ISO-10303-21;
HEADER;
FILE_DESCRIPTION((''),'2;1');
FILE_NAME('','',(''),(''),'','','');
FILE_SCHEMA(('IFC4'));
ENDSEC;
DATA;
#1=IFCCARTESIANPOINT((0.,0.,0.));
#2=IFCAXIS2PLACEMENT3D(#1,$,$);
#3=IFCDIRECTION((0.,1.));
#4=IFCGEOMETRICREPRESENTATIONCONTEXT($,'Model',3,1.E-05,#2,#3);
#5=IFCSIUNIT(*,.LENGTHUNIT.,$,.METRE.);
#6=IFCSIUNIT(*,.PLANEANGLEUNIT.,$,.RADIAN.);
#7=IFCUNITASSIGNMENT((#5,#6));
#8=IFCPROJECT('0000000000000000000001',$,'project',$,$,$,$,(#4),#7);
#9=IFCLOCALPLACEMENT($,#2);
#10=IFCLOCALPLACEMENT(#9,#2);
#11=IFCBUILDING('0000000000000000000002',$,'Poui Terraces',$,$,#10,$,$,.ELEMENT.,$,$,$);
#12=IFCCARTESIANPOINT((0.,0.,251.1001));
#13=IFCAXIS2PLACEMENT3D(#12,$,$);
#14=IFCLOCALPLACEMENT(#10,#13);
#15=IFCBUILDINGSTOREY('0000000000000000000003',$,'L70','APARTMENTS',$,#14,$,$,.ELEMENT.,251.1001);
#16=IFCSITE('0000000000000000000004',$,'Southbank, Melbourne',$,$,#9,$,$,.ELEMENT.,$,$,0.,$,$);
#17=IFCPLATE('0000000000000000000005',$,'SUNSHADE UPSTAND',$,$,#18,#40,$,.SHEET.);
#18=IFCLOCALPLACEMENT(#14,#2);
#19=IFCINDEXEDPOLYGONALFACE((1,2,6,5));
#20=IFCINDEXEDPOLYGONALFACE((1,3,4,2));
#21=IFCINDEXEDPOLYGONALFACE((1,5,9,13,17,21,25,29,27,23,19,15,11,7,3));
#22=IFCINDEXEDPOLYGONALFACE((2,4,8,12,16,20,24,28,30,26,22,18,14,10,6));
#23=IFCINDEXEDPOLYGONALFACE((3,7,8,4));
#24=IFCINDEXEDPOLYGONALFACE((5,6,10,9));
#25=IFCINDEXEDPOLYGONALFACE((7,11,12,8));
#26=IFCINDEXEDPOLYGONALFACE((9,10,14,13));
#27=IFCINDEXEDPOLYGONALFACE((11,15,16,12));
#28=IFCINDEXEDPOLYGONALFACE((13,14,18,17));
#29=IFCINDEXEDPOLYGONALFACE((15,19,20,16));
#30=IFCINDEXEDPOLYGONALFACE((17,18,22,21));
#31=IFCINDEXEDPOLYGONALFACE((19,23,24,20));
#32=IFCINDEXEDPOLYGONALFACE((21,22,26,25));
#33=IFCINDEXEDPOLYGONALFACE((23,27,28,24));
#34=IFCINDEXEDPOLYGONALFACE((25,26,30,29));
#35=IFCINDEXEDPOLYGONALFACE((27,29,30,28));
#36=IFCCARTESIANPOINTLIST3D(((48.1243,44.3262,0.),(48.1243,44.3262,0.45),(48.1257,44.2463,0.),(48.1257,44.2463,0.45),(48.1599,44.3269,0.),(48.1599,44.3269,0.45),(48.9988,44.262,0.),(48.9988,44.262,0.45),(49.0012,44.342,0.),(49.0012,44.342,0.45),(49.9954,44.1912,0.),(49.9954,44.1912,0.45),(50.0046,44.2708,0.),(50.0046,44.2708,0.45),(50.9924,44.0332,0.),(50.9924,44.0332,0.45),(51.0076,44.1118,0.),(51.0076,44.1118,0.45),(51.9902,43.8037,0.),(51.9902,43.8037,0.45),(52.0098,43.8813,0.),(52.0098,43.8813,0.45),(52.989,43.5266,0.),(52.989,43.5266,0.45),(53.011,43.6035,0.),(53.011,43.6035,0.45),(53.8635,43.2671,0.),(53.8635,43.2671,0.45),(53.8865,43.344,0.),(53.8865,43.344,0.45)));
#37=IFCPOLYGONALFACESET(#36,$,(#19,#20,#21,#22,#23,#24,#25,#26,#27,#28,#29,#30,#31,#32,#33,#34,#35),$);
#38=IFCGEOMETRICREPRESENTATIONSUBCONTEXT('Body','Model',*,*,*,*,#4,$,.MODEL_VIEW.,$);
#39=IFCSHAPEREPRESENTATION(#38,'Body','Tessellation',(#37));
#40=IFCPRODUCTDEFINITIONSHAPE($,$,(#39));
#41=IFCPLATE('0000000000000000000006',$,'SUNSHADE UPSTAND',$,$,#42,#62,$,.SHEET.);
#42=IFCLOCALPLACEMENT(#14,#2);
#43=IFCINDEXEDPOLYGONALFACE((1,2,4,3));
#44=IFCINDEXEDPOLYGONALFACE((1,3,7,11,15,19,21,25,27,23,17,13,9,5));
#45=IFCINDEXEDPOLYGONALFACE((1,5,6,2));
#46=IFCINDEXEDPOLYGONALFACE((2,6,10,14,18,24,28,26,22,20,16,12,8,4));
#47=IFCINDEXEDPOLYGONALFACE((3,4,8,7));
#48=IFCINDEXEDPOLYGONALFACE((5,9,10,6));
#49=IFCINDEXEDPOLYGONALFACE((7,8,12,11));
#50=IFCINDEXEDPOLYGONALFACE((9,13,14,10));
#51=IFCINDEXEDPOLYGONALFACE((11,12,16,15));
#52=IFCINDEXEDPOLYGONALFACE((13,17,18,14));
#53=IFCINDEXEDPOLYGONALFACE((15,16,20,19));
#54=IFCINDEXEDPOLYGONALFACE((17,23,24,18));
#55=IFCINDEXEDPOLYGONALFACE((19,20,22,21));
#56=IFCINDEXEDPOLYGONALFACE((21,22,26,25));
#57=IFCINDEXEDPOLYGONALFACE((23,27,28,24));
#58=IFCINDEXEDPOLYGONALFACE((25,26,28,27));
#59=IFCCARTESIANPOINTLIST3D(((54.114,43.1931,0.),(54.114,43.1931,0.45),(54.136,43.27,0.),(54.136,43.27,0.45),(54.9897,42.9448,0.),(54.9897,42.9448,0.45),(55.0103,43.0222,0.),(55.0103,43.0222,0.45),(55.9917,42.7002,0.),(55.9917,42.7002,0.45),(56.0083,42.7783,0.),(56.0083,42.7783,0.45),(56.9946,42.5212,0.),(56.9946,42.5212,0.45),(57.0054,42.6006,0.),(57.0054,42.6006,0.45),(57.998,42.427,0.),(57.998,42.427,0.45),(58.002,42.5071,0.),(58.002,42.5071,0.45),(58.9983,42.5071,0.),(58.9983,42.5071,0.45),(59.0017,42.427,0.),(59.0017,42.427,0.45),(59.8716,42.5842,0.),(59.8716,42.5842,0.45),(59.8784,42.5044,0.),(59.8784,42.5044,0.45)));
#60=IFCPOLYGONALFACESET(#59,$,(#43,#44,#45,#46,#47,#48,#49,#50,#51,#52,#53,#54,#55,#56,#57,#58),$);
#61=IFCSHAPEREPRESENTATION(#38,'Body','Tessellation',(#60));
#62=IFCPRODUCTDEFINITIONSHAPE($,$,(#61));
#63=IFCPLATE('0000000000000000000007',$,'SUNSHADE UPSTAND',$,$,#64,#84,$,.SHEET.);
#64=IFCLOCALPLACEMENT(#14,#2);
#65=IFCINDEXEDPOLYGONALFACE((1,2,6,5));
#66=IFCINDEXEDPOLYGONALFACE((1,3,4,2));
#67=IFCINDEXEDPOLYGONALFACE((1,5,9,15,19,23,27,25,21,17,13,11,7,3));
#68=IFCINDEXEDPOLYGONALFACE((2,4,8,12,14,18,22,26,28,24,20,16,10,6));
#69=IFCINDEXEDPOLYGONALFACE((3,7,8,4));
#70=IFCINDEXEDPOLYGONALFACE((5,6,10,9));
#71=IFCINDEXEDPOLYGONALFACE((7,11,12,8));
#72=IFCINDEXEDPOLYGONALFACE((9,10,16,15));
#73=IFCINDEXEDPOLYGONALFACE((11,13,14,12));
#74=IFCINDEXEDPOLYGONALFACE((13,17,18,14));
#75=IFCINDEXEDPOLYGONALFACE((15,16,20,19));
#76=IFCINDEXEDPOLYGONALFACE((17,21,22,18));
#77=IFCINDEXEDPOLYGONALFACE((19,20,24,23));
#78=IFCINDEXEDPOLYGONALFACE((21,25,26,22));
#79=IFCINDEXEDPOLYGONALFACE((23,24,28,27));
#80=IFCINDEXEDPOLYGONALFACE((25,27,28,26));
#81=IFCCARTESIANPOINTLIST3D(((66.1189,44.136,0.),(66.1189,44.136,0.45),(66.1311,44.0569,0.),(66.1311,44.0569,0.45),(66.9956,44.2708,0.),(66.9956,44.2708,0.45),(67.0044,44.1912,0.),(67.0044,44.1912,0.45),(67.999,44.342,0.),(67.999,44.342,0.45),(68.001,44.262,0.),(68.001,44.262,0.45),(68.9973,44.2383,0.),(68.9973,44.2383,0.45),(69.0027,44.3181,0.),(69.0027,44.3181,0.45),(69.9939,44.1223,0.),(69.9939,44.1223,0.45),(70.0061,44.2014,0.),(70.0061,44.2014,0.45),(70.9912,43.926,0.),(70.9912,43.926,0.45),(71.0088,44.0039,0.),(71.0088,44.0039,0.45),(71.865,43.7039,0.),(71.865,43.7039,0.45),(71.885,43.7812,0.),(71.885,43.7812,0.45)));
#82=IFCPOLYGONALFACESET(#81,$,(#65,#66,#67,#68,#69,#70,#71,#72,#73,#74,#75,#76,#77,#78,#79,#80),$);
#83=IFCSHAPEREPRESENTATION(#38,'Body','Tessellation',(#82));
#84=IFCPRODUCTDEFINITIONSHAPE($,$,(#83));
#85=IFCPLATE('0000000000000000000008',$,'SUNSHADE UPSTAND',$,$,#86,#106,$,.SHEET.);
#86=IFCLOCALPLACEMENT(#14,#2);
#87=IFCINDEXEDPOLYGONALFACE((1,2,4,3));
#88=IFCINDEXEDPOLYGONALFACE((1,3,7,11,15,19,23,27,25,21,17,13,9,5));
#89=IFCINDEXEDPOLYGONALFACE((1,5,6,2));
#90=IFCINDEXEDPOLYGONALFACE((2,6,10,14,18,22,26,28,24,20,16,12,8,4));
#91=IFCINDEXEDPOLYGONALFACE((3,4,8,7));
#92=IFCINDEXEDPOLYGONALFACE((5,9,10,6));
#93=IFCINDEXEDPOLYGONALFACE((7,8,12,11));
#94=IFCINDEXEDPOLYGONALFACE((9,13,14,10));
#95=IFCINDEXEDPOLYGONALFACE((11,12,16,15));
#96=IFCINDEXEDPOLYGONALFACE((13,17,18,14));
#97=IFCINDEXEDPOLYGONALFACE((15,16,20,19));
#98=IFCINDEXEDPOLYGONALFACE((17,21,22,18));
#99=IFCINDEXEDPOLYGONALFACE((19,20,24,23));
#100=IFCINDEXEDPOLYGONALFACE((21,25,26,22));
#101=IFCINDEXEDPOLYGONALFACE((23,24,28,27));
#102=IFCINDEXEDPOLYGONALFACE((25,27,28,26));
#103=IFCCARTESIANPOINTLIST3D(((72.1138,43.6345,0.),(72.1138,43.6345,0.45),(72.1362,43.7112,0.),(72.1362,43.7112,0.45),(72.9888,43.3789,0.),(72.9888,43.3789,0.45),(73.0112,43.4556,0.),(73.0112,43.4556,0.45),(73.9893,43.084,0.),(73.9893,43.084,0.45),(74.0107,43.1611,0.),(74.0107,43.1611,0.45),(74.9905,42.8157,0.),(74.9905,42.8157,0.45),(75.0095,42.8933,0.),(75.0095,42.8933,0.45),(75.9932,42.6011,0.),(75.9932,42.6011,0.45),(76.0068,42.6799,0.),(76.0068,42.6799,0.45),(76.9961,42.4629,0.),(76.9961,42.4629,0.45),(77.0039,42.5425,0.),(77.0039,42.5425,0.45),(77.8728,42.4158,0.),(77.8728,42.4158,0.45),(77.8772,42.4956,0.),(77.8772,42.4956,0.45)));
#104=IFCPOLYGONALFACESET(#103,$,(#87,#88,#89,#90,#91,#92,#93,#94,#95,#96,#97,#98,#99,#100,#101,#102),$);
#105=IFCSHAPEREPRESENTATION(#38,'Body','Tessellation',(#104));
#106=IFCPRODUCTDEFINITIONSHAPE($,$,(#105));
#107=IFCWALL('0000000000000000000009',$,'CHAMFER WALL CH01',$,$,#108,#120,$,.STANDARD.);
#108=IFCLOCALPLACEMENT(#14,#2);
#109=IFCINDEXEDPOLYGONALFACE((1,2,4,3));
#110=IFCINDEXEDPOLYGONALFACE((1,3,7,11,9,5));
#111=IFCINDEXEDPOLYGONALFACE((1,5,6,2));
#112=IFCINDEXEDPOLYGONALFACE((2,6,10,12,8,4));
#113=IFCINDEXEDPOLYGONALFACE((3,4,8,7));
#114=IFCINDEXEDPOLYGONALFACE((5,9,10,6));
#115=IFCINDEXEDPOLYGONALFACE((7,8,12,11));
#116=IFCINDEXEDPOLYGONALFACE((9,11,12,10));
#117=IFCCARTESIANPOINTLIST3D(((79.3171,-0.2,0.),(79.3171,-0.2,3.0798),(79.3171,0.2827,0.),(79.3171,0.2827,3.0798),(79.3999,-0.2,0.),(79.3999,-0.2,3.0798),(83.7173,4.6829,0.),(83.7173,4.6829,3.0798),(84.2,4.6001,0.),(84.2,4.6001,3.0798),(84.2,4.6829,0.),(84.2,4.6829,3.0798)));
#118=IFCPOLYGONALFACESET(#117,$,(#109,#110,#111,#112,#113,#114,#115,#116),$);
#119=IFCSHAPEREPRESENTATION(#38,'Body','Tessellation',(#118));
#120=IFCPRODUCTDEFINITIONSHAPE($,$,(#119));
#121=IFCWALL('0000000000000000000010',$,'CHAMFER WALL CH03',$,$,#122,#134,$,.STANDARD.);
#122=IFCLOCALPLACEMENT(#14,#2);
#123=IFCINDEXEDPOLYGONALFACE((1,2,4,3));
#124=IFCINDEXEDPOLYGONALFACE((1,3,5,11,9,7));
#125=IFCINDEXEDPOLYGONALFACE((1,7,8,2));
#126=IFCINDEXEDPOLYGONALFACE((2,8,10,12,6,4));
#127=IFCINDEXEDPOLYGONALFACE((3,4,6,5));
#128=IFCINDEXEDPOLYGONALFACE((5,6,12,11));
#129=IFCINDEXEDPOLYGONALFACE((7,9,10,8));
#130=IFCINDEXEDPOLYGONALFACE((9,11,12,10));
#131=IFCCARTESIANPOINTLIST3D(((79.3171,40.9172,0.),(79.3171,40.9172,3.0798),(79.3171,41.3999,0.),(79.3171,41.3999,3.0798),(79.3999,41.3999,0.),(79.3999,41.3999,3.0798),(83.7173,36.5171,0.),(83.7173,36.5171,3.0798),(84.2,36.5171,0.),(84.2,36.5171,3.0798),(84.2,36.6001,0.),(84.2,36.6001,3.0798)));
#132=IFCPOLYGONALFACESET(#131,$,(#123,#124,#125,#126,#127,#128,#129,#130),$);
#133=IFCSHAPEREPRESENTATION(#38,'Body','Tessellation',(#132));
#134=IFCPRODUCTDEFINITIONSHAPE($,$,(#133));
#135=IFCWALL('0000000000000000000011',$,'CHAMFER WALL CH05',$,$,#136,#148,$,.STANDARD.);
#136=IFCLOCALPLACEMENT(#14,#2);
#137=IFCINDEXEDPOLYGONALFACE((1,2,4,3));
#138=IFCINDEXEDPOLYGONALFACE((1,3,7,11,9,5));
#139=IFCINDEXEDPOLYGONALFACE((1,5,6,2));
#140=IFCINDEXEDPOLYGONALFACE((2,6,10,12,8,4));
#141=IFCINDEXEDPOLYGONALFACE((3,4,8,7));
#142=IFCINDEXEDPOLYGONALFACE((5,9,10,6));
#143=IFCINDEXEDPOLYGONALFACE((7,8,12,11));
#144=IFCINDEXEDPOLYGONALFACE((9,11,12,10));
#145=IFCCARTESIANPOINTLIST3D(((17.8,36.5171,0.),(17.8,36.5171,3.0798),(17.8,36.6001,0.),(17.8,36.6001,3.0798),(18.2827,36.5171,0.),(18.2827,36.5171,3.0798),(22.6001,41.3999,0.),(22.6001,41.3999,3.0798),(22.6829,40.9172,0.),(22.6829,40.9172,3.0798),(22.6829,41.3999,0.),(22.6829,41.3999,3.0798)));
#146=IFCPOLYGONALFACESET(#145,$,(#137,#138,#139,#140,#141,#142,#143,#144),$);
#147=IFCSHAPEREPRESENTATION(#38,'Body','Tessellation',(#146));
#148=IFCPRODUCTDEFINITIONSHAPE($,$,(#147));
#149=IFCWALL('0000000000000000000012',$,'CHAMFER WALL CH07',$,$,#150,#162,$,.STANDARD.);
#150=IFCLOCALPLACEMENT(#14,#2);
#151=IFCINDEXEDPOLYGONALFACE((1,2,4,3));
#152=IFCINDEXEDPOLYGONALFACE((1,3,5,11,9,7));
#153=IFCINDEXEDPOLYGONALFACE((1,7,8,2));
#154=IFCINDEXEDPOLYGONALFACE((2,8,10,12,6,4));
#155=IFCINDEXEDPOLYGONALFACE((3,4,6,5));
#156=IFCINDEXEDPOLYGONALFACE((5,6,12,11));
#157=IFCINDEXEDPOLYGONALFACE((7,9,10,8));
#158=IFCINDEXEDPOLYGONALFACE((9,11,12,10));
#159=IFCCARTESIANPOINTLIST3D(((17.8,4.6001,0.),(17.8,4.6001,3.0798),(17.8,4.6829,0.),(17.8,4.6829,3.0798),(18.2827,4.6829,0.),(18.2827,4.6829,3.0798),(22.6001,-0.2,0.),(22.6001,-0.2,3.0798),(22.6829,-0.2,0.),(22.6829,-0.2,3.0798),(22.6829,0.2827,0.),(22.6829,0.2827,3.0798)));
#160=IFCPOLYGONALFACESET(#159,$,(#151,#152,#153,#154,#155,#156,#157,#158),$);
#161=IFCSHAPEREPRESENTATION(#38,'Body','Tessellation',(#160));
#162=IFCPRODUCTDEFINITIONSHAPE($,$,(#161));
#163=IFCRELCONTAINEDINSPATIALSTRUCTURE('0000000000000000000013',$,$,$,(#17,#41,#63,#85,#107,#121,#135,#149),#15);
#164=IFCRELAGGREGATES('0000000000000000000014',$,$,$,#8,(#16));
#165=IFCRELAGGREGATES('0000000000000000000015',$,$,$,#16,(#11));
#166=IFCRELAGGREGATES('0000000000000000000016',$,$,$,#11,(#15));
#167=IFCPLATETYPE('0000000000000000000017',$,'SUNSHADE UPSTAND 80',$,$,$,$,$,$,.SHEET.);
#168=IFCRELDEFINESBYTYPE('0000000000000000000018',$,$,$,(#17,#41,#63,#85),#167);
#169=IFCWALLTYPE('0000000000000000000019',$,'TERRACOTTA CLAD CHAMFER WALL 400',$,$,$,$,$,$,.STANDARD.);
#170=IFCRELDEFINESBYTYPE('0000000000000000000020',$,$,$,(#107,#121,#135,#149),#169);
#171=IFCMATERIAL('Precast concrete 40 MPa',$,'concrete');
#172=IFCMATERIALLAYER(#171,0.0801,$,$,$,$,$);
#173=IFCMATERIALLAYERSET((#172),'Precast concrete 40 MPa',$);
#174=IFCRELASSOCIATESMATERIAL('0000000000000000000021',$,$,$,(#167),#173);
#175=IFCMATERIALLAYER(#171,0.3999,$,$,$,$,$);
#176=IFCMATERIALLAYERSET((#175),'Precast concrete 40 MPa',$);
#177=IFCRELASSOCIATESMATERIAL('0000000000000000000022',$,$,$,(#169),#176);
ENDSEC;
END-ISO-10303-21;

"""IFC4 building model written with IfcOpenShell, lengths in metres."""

from ifc_helpers import new_model, si_unit, direction, frame, origin, place, context, subcontext, project, spatial, polyline, outline, extrude, material, layer, layer_set, type_object, element, save


model = new_model("IFC4")

# Units and contexts
model_context = context("Model", 3, precision=1e-05, world=origin(), true_north=direction((0.0, 1.0)))
body_context = subcontext(model_context, "Body", "Model", "MODEL_VIEW")
ifc_project = project(units=[si_unit("LENGTHUNIT", "METRE"), si_unit("PLANEANGLEUNIT", "RADIAN")], contexts=[model_context])

# Site, building, storey
site_placement = place(None, origin())
site = spatial("IfcSite", under=ifc_project, at=site_placement, Name="Southbank, Melbourne", CompositionType="ELEMENT", RefElevation=0.0)
building_placement = place(site_placement, origin())
building = spatial("IfcBuilding", under=site, at=building_placement, Name="Poui Terraces", CompositionType="ELEMENT")
storey_placement = place(building_placement, frame((0.0, 0.0, 251.1001)))
storey = spatial("IfcBuildingStorey", under=building, at=storey_placement, Name="L70", Description="APARTMENTS", CompositionType="ELEMENT", Elevation=251.1001)

# Shared definitions
ifc_material_1 = material(Name="Precast concrete 40 MPa", Category="concrete")

# Plates
ifc_layer_1 = layer(ifc_material_1, 0.0801)
ifc_layer_set_1 = layer_set([ifc_layer_1], Name="Precast concrete 40 MPa")
plate_type = type_object("IfcPlateType", Name="SUNSHADE UPSTAND 80", PredefinedType="SHEET", material=ifc_layer_set_1)
plate_1_placement = place(storey_placement, origin())
element("IfcPlate", 1, at=plate_1_placement, inside=storey, type_object=plate_type, Name="SUNSHADE UPSTAND", PredefinedType="SHEET", context=body_context, shape_type="SweptSolid", body=[
    extrude(outline(polyline([(49.0012, 44.342), (48.1599, 44.3269), (48.1243, 44.3262), (48.1257, 44.2463), (48.9988, 44.262), (49.9954, 44.1912), (50.9924, 44.0332), (51.9902, 43.8037), (52.989, 43.5266), (53.8635, 43.2671), (53.8865, 43.344), (53.011, 43.6035), (52.0098, 43.8813), (51.0076, 44.1118), (50.0046, 44.2708), (49.0012, 44.342)])), origin(), (0.0, 0.0, 1.0), 0.45),
])
plate_2_placement = place(storey_placement, origin())
element("IfcPlate", 2, at=plate_2_placement, inside=storey, type_object=plate_type, Name="SUNSHADE UPSTAND", PredefinedType="SHEET", context=body_context, shape_type="SweptSolid", body=[
    extrude(outline(polyline([(55.0103, 43.0222), (54.136, 43.27), (54.114, 43.1931), (54.9897, 42.9448), (55.9917, 42.7002), (56.9946, 42.5212), (57.998, 42.427), (59.0017, 42.427), (59.8784, 42.5044), (59.8716, 42.5842), (58.9983, 42.5071), (58.002, 42.5071), (57.0054, 42.6006), (56.0083, 42.7783), (55.0103, 43.0222)])), origin(), (0.0, 0.0, 1.0), 0.45),
])
plate_3_placement = place(storey_placement, origin())
element("IfcPlate", 3, at=plate_3_placement, inside=storey, type_object=plate_type, Name="SUNSHADE UPSTAND", PredefinedType="SHEET", context=body_context, shape_type="SweptSolid", body=[
    extrude(outline(polyline([(66.9956, 44.2708), (66.1189, 44.136), (66.1311, 44.0569), (67.0044, 44.1912), (68.001, 44.262), (68.9973, 44.2383), (69.9939, 44.1223), (70.9912, 43.926), (71.865, 43.7039), (71.885, 43.7812), (71.0088, 44.0039), (70.0061, 44.2014), (69.0027, 44.3181), (67.999, 44.342), (66.9956, 44.2708)])), origin(), (0.0, 0.0, 1.0), 0.45),
])
plate_4_placement = place(storey_placement, origin())
element("IfcPlate", 4, at=plate_4_placement, inside=storey, type_object=plate_type, Name="SUNSHADE UPSTAND", PredefinedType="SHEET", context=body_context, shape_type="SweptSolid", body=[
    extrude(outline(polyline([(73.0112, 43.4556), (72.1362, 43.7112), (72.1138, 43.6345), (72.9888, 43.3789), (73.9893, 43.084), (74.9905, 42.8157), (75.9932, 42.6011), (76.9961, 42.4629), (77.8728, 42.4158), (77.8772, 42.4956), (77.0039, 42.5425), (76.0068, 42.6799), (75.0095, 42.8933), (74.0107, 43.1611), (73.0112, 43.4556)])), origin(), (0.0, 0.0, 1.0), 0.45),
])

# Walls
ifc_layer_2 = layer(ifc_material_1, 0.3999)
ifc_layer_set_2 = layer_set([ifc_layer_2], Name="Precast concrete 40 MPa")
wall_type = type_object("IfcWallType", Name="TERRACOTTA CLAD CHAMFER WALL 400", PredefinedType="STANDARD", material=ifc_layer_set_2)
wall_1_placement = place(storey_placement, origin())
element("IfcWall", 5, at=wall_1_placement, inside=storey, type_object=wall_type, Name="CHAMFER WALL CH01", PredefinedType="STANDARD", context=body_context, shape_type="SweptSolid", body=[
    extrude(outline(polyline([(79.3171, -0.2), (79.3999, -0.2), (84.2, 4.6001), (84.2, 4.6829), (83.7173, 4.6829), (79.3171, 0.2827), (79.3171, -0.2)])), origin(), (0.0, 0.0, 1.0), 3.0798),
])
wall_2_placement = place(storey_placement, origin())
element("IfcWall", 6, at=wall_2_placement, inside=storey, type_object=wall_type, Name="CHAMFER WALL CH03", PredefinedType="STANDARD", context=body_context, shape_type="SweptSolid", body=[
    extrude(outline(polyline([(84.2, 36.5171), (84.2, 36.6001), (79.3999, 41.3999), (79.3171, 41.3999), (79.3171, 40.9172), (83.7173, 36.5171), (84.2, 36.5171)])), origin(), (0.0, 0.0, 1.0), 3.0798),
])
wall_3_placement = place(storey_placement, origin())
element("IfcWall", 7, at=wall_3_placement, inside=storey, type_object=wall_type, Name="CHAMFER WALL CH05", PredefinedType="STANDARD", context=body_context, shape_type="SweptSolid", body=[
    extrude(outline(polyline([(22.6829, 41.3999), (22.6001, 41.3999), (17.8, 36.6001), (17.8, 36.5171), (18.2827, 36.5171), (22.6829, 40.9172), (22.6829, 41.3999)])), origin(), (0.0, 0.0, 1.0), 3.0798),
])
wall_4_placement = place(storey_placement, origin())
element("IfcWall", 8, at=wall_4_placement, inside=storey, type_object=wall_type, Name="CHAMFER WALL CH07", PredefinedType="STANDARD", context=body_context, shape_type="SweptSolid", body=[
    extrude(outline(polyline([(17.8, 4.6829), (17.8, 4.6001), (22.6001, -0.2), (22.6829, -0.2), (22.6829, 0.2827), (18.2827, 4.6829), (17.8, 4.6829)])), origin(), (0.0, 0.0, 1.0), 3.0798),
])

save(model, "model.ifc")
